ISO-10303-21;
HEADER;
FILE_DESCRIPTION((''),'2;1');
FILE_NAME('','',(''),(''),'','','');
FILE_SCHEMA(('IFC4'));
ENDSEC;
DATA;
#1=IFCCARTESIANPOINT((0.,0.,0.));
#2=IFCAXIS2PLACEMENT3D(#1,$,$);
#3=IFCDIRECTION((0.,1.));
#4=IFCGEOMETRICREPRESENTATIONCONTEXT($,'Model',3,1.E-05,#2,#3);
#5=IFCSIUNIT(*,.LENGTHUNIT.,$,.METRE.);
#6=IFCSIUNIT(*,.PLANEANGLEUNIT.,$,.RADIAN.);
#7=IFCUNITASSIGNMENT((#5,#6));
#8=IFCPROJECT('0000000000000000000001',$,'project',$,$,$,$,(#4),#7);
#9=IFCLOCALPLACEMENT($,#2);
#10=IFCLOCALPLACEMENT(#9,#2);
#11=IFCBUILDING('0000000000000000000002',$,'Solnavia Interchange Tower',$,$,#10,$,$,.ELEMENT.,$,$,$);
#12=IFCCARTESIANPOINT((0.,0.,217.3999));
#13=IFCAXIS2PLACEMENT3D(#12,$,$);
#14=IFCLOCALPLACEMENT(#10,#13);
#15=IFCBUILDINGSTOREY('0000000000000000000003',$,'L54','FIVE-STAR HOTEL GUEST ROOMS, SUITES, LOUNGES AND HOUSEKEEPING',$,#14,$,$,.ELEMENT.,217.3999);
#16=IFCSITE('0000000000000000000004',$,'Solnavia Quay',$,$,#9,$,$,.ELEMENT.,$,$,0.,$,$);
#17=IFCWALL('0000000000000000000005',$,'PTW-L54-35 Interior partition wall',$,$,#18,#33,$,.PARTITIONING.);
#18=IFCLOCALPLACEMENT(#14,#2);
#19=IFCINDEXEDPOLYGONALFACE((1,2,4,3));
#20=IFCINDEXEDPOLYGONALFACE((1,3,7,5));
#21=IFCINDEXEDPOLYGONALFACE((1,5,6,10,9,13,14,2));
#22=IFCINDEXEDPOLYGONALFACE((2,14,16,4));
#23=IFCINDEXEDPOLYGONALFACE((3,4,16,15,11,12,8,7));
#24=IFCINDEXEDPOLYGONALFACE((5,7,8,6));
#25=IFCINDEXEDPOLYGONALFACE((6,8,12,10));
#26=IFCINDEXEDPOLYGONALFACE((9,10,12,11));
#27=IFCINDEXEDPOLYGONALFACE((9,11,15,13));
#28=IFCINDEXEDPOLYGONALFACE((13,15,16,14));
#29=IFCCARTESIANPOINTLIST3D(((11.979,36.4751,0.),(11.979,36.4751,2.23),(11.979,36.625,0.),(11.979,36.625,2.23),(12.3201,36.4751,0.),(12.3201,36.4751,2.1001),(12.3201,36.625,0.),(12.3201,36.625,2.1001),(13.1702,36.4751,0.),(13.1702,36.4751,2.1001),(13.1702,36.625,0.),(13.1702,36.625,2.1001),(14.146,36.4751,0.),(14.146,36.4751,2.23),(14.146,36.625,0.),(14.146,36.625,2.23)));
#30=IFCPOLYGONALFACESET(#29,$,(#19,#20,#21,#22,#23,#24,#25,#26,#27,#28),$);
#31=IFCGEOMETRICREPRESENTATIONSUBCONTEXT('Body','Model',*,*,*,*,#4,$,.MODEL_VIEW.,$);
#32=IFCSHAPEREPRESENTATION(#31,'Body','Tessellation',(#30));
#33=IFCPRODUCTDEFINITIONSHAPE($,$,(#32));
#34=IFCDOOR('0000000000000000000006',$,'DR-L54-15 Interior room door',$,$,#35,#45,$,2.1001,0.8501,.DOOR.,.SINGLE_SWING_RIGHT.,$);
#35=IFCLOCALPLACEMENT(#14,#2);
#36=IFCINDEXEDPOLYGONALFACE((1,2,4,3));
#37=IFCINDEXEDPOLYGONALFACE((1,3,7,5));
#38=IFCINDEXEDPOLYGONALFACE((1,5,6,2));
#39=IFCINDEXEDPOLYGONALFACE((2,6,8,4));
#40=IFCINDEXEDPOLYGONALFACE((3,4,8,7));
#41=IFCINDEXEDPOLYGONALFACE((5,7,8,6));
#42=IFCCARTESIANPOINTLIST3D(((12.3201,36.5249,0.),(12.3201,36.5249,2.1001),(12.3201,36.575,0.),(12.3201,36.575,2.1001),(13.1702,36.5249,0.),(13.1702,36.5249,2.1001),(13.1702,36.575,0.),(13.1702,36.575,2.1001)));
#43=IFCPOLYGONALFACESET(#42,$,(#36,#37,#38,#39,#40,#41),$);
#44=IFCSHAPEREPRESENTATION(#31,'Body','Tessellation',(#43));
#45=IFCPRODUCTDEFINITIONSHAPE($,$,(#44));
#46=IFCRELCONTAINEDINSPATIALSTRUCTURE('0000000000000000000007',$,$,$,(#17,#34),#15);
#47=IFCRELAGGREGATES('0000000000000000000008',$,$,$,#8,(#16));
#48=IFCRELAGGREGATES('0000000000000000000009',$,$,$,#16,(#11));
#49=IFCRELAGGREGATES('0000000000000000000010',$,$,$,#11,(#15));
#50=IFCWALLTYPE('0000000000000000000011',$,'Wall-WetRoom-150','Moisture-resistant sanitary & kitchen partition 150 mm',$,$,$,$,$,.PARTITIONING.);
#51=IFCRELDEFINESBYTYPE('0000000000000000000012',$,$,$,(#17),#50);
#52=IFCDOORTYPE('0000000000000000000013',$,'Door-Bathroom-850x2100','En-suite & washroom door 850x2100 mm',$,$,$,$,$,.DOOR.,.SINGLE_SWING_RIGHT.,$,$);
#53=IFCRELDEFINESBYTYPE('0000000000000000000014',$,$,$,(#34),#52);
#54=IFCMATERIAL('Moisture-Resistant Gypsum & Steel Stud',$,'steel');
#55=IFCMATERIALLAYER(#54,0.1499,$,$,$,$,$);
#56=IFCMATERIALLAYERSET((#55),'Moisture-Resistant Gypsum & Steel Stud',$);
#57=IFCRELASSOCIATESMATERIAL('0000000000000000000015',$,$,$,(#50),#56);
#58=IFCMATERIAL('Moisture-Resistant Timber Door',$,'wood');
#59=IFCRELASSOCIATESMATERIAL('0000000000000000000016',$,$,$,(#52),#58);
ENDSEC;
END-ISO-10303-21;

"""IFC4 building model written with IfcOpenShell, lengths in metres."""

from ifc_helpers import new_model, si_unit, direction, frame, frame_2d, origin, place, context, subcontext, project, spatial, rectangle, extrude, material, layer, layer_set, type_object, element, fill, save


model = new_model("IFC4")

# Units and contexts
model_context = context("Model", 3, precision=1e-05, world=origin(), true_north=direction((0.0, 1.0)))
body_context = subcontext(model_context, "Body", "Model", "MODEL_VIEW")
ifc_project = project(units=[si_unit("LENGTHUNIT", "METRE"), si_unit("PLANEANGLEUNIT", "RADIAN")], contexts=[model_context])

# Site, building, storey
site_placement = place(None, origin())
site = spatial("IfcSite", under=ifc_project, at=site_placement, Name="Solnavia Quay", CompositionType="ELEMENT", RefElevation=0.0)
building_placement = place(site_placement, origin())
building = spatial("IfcBuilding", under=site, at=building_placement, Name="Solnavia Interchange Tower", CompositionType="ELEMENT")
storey_placement = place(building_placement, frame((0.0, 0.0, 217.3999)))
storey = spatial("IfcBuildingStorey", under=building, at=storey_placement, Name="L54", Description="FIVE-STAR HOTEL GUEST ROOMS, SUITES, LOUNGES AND HOUSEKEEPING", CompositionType="ELEMENT", Elevation=217.3999)

# Shared definitions
ifc_material_1 = material(Name="Moisture-Resistant Gypsum & Steel Stud", Category="steel")
ifc_layer_1 = layer(ifc_material_1, 0.1499)
ifc_layer_set_1 = layer_set([ifc_layer_1], Name="Moisture-Resistant Gypsum & Steel Stud")
wall_type_1 = type_object("IfcWallType", Name="Wall-WetRoom-150", Description="Moisture-resistant sanitary & kitchen partition 150 mm", PredefinedType="PARTITIONING", material=ifc_layer_set_1)

# Wall, opening, door
wall_1_placement = place(storey_placement, frame((11.979, 36.55, 0.0), z_axis=(0.0, 0.0, 1.0), x_axis=(1.0, 0.0, 0.0)))
wall_1 = element("IfcWall", 1, at=wall_1_placement, inside=storey, type_object=wall_type_1, Name="PTW-L54-35 Interior partition wall", PredefinedType="PARTITIONING", context=body_context, shape_type="SweptSolid", body=[
    extrude(rectangle(XDim=2.167, YDim=0.1499, at=frame_2d((1.0835, 0.0))), origin(), (0.0, 0.0, 1.0), 2.23),
])
opening_1_placement = place(wall_1_placement, frame((0.3411, 0.0, 0.0)))
opening_1 = element("IfcOpeningElement", 2, at=opening_1_placement, cuts=wall_1, PredefinedType="OPENING", context=body_context, shape_type="SweptSolid", body=[
    extrude(rectangle(XDim=0.8501, YDim=2.1001, at=frame_2d((0.425, 1.05))), frame((0.0, 0.085, 0.0), z_axis=(0.0, -1.0, 0.0), x_axis=(1.0, 0.0, 0.0)), (0.0, 0.0, 1.0), 0.1699),
])
ifc_material_2 = material(Name="Moisture-Resistant Timber Door", Category="wood")
door_type_1 = type_object("IfcDoorType", Name="Door-Bathroom-850x2100", Description="En-suite & washroom door 850x2100 mm", OperationType="SINGLE_SWING_RIGHT", PredefinedType="DOOR", material=ifc_material_2)
door_1_placement = place(opening_1_placement, origin())
door_1 = element("IfcDoor", 3, at=door_1_placement, inside=storey, type_object=door_type_1, Name="DR-L54-15 Interior room door", OperationType="SINGLE_SWING_RIGHT", OverallHeight=2.1001, OverallWidth=0.8501, PredefinedType="DOOR", context=body_context, shape_type="SweptSolid", body=[
    extrude(rectangle(XDim=0.8501, YDim=2.1001, at=frame_2d((0.425, 1.05))), frame((0.0, 0.0249, 0.0), z_axis=(0.0, -1.0, 0.0), x_axis=(1.0, 0.0, 0.0)), (0.0, 0.0, 1.0), 0.05),
])
fill(opening_1, door_1)

save(model, "model.ifc")
